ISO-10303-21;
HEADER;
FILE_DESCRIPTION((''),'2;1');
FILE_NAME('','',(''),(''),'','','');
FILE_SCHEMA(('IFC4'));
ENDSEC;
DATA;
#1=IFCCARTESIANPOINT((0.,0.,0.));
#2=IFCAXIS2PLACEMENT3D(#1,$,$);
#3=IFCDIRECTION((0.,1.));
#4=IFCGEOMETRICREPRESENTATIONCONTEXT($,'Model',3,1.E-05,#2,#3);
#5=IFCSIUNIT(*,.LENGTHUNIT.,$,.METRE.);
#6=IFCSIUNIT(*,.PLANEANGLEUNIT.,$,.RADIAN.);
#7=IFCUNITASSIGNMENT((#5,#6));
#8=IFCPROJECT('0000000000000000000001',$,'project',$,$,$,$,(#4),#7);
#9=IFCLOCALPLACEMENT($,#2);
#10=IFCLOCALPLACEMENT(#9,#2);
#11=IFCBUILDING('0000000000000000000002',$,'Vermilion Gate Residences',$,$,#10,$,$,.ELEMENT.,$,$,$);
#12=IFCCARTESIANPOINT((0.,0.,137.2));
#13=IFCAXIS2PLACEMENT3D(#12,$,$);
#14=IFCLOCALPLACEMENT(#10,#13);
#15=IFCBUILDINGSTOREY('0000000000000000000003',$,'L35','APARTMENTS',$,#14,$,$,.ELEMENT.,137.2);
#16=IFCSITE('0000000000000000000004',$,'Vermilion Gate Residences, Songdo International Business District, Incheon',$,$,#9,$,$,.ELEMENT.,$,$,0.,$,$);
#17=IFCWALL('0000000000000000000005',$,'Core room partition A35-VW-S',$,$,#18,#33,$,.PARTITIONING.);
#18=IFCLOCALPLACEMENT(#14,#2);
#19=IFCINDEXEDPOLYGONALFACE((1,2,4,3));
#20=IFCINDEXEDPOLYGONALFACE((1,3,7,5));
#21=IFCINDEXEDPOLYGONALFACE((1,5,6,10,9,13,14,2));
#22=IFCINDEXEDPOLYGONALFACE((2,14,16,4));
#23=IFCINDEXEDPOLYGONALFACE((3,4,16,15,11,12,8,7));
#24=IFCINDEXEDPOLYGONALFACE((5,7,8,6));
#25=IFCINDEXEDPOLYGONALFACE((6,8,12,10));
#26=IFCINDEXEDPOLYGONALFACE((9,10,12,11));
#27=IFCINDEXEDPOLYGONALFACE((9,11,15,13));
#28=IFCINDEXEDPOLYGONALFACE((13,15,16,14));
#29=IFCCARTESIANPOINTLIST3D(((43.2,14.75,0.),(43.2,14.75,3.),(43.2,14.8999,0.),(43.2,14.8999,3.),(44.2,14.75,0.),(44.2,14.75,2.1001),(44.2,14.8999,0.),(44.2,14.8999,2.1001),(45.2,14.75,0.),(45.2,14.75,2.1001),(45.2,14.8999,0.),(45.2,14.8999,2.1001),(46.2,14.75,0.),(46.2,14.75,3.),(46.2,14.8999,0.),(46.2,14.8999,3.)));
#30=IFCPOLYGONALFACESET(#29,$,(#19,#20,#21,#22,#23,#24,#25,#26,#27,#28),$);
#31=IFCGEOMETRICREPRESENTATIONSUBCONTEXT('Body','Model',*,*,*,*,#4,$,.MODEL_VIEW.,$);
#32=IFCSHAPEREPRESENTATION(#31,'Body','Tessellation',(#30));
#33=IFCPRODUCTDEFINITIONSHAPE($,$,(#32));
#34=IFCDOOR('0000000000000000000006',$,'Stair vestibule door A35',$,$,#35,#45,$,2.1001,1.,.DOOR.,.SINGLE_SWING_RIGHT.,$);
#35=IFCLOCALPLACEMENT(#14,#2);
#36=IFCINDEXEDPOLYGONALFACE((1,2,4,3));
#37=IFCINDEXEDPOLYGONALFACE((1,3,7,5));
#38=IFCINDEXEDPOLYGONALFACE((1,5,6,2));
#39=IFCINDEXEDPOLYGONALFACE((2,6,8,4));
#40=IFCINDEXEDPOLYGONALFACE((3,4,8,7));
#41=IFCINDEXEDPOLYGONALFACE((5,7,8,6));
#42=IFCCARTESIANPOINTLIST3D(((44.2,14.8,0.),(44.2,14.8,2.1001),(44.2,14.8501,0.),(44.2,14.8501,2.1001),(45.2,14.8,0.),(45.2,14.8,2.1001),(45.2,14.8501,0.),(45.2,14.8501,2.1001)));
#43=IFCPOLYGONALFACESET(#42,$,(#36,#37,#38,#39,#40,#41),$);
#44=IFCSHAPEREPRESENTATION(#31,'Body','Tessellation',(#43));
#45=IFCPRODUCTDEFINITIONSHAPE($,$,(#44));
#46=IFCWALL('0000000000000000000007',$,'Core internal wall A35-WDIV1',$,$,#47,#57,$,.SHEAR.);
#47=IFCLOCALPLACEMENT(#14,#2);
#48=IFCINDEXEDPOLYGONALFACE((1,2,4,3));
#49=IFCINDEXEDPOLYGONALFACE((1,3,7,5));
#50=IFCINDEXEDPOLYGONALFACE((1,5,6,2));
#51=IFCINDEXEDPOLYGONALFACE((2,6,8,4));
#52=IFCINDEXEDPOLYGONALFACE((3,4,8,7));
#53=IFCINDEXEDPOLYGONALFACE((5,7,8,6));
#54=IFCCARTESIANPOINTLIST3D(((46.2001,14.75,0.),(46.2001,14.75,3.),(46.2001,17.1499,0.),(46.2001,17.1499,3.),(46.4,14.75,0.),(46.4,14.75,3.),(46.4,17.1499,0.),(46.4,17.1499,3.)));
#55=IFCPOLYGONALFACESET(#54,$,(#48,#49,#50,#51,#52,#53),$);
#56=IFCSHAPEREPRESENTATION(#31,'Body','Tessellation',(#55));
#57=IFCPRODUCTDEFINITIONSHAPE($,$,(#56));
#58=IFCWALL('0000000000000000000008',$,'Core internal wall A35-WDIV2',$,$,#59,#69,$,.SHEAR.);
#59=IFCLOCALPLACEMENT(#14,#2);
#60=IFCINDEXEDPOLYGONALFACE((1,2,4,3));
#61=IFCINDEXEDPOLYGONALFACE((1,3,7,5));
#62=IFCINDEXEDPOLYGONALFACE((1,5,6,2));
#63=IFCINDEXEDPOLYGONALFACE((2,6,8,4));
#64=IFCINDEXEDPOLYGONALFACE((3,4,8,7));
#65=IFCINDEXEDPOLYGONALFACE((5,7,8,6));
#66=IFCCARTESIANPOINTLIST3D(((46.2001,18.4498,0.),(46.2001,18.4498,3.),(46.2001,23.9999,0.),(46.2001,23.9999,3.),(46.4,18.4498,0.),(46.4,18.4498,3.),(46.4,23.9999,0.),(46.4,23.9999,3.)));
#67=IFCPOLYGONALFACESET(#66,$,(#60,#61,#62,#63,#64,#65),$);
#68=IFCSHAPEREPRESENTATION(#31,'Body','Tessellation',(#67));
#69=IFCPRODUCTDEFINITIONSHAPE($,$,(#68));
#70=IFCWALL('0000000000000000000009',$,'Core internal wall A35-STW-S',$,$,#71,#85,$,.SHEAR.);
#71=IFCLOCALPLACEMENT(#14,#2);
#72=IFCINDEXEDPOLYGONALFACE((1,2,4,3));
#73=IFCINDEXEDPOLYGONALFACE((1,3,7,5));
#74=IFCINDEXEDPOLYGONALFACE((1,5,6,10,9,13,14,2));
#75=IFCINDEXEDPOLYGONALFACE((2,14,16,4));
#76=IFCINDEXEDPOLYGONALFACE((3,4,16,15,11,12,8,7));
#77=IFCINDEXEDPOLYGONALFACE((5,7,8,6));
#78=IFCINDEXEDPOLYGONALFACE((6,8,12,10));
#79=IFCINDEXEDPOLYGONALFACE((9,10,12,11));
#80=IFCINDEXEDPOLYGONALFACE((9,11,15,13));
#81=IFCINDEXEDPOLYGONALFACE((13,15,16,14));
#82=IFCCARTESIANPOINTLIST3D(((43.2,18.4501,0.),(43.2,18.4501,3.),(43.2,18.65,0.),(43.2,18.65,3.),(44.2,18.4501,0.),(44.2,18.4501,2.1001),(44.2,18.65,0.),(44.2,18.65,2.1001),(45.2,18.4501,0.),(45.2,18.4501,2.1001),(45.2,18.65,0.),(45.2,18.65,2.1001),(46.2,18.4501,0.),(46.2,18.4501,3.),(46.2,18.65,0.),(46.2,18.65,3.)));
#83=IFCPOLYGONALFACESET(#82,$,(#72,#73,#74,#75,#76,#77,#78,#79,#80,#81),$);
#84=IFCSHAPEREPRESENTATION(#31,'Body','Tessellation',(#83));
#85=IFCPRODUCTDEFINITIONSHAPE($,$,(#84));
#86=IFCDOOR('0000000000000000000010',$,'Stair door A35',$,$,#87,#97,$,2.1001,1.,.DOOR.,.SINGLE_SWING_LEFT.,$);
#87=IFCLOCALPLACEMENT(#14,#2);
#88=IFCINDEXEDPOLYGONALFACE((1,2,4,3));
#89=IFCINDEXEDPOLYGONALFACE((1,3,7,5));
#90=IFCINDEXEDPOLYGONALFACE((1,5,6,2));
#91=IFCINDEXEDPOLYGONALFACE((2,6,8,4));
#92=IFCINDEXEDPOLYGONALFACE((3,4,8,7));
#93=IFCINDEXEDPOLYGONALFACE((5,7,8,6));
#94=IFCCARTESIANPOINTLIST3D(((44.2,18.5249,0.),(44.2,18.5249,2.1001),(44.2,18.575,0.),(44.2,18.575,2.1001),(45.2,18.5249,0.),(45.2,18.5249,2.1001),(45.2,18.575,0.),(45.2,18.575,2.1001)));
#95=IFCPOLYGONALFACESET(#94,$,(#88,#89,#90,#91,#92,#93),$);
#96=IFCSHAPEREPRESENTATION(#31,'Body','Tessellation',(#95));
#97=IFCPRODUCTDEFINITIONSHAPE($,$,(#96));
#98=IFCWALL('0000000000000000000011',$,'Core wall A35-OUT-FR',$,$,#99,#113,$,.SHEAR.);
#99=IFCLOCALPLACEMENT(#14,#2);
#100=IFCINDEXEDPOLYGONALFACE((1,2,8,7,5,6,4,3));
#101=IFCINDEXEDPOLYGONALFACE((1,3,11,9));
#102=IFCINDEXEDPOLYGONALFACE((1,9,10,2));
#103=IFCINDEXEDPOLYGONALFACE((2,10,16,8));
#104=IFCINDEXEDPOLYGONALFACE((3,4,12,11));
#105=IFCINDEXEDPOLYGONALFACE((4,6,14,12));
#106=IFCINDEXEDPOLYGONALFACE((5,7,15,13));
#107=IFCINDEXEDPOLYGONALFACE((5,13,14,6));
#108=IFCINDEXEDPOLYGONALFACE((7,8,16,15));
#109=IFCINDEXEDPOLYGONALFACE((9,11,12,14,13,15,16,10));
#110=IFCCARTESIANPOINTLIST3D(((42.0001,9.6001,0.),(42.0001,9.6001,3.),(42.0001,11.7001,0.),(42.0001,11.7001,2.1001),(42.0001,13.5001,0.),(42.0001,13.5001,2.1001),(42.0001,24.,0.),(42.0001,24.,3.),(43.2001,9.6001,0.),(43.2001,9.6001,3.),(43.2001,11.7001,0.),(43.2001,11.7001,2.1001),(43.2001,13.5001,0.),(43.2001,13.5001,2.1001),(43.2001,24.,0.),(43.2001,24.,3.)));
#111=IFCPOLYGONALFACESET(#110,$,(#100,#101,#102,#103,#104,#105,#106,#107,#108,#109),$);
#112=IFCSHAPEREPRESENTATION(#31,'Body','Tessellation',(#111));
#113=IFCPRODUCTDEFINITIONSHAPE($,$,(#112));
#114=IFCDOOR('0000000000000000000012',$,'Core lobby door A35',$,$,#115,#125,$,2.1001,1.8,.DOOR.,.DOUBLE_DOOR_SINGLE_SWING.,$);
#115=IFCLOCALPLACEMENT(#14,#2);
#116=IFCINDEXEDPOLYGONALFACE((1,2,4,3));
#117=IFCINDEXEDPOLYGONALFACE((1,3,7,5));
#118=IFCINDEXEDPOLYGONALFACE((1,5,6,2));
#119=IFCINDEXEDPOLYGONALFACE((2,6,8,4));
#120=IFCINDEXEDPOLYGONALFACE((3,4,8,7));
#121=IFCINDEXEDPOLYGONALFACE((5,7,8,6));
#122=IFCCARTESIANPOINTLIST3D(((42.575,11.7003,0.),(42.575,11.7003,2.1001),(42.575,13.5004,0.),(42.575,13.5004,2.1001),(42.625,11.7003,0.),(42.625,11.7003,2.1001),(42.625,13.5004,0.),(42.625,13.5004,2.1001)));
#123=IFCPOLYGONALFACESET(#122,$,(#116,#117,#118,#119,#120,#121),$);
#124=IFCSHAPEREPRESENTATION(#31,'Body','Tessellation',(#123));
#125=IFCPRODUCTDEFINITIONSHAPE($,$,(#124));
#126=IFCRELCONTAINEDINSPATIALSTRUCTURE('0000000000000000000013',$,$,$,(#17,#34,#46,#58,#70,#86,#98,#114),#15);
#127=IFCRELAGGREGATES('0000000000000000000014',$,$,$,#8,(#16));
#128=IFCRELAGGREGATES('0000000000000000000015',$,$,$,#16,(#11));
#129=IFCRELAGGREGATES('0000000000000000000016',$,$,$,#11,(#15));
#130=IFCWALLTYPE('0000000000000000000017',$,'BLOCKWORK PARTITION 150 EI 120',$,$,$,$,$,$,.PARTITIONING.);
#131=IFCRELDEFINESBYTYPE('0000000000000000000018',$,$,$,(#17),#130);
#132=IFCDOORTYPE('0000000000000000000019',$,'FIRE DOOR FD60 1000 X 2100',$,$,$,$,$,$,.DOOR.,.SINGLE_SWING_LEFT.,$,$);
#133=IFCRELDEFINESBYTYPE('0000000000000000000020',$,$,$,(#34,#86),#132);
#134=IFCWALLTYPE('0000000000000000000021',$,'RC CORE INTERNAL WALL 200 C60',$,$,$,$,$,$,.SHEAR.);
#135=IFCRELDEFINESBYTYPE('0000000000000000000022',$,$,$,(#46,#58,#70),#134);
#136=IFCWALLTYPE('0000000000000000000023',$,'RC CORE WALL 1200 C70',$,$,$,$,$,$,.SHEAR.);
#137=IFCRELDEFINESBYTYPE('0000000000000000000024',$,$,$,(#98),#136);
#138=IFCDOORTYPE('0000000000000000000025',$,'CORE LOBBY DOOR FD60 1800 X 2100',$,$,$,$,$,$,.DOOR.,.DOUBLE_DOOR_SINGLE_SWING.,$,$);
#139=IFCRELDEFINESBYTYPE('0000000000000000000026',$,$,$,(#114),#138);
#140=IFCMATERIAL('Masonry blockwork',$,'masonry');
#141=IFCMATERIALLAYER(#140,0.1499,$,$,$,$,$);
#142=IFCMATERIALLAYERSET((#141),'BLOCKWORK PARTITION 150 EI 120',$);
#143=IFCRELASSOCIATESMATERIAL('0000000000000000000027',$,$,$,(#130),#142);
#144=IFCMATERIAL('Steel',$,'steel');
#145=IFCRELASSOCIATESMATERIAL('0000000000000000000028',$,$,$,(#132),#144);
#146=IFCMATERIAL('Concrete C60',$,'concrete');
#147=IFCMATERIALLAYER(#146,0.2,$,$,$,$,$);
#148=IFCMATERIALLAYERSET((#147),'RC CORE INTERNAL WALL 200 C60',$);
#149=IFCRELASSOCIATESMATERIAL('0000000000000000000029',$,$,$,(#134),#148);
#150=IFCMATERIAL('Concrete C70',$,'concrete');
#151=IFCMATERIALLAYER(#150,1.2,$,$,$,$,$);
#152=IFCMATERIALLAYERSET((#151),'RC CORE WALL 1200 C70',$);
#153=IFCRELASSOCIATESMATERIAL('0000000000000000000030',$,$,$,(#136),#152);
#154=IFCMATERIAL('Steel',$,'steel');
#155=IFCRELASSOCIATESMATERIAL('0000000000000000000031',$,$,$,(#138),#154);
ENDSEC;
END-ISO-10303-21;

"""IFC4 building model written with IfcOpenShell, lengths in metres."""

from ifc_helpers import new_model, si_unit, direction, frame, frame_2d, origin, place, context, subcontext, project, spatial, rectangle, extrude, material, layer, layer_set, type_object, element, fill, save


model = new_model("IFC4")

# Units and contexts
model_context = context("Model", 3, precision=1e-05, world=origin(), true_north=direction((0.0, 1.0)))
body_context = subcontext(model_context, "Body", "Model", "MODEL_VIEW")
ifc_project = project(units=[si_unit("LENGTHUNIT", "METRE"), si_unit("PLANEANGLEUNIT", "RADIAN")], contexts=[model_context])

# Site, building, storey
site_placement = place(None, origin())
site = spatial("IfcSite", under=ifc_project, at=site_placement, Name="Vermilion Gate Residences, Songdo International Business District, Incheon", CompositionType="ELEMENT", RefElevation=0.0)
building_placement = place(site_placement, origin())
building = spatial("IfcBuilding", under=site, at=building_placement, Name="Vermilion Gate Residences", CompositionType="ELEMENT")
storey_placement = place(building_placement, frame((0.0, 0.0, 137.2)))
storey = spatial("IfcBuildingStorey", under=building, at=storey_placement, Name="L35", Description="APARTMENTS", CompositionType="ELEMENT", Elevation=137.2)

# Wall, opening, door
ifc_material_1 = material(Name="Masonry blockwork", Category="masonry")
ifc_layer_1 = layer(ifc_material_1, 0.1499)
ifc_layer_set_1 = layer_set([ifc_layer_1], Name="BLOCKWORK PARTITION 150 EI 120")
wall_type_1 = type_object("IfcWallType", Name="BLOCKWORK PARTITION 150 EI 120", PredefinedType="PARTITIONING", material=ifc_layer_set_1)
wall_1_placement = place(storey_placement, frame((43.2, 14.825, 0.0), z_axis=(0.0, 0.0, 1.0), x_axis=(1.0, 0.0, 0.0)))
wall_1 = element("IfcWall", 1, at=wall_1_placement, inside=storey, type_object=wall_type_1, Name="Core room partition A35-VW-S", PredefinedType="PARTITIONING", context=body_context, shape_type="SweptSolid", body=[
    extrude(rectangle(XDim=3.0, YDim=0.1499, at=frame_2d((1.5, 0.0))), origin(), (0.0, 0.0, 1.0), 3.0),
])
opening_1_placement = place(wall_1_placement, frame((1.0, 0.0, 0.0)))
opening_1 = element("IfcOpeningElement", 2, at=opening_1_placement, cuts=wall_1, PredefinedType="OPENING", context=body_context, shape_type="SweptSolid", body=[
    extrude(rectangle(XDim=1.0, YDim=2.1001, at=frame_2d((0.5, 1.05))), frame((0.0, 0.085, 0.0), z_axis=(0.0, -1.0, 0.0), x_axis=(1.0, 0.0, 0.0)), (0.0, 0.0, 1.0), 0.1699),
])
ifc_material_2 = material(Name="Steel", Category="steel")
door_type_1 = type_object("IfcDoorType", Name="FIRE DOOR FD60 1000 X 2100", OperationType="SINGLE_SWING_LEFT", PredefinedType="DOOR", material=ifc_material_2)
door_1_placement = place(opening_1_placement, frame((1.0, 0.0, 0.0), z_axis=(0.0, 0.0, 1.0), x_axis=(-1.0, 0.0, 0.0)))
door_1 = element("IfcDoor", 3, at=door_1_placement, inside=storey, type_object=door_type_1, Name="Stair vestibule door A35", OperationType="SINGLE_SWING_RIGHT", OverallHeight=2.1001, OverallWidth=1.0, PredefinedType="DOOR", context=body_context, shape_type="SweptSolid", body=[
    extrude(rectangle(XDim=1.0, YDim=2.1001, at=frame_2d((0.5, 1.05))), frame((0.0, 0.0249, 0.0), z_axis=(0.0, -1.0, 0.0), x_axis=(1.0, 0.0, 0.0)), (0.0, 0.0, 1.0), 0.05),
])
fill(opening_1, door_1)

# Walls
ifc_material_3 = material(Name="Concrete C60", Category="concrete")
ifc_layer_2 = layer(ifc_material_3, 0.2)
ifc_layer_set_2 = layer_set([ifc_layer_2], Name="RC CORE INTERNAL WALL 200 C60")
wall_type_2 = type_object("IfcWallType", Name="RC CORE INTERNAL WALL 200 C60", PredefinedType="SHEAR", material=ifc_layer_set_2)
wall_2_placement = place(storey_placement, frame((46.3, 14.75, 0.0), z_axis=(0.0, 0.0, 1.0), x_axis=(0.0, 1.0, 0.0)))
element("IfcWall", 4, at=wall_2_placement, inside=storey, type_object=wall_type_2, Name="Core internal wall A35-WDIV1", PredefinedType="SHEAR", context=body_context, shape_type="SweptSolid", body=[
    extrude(rectangle(XDim=2.3999, YDim=0.2, at=frame_2d((1.2, 0.0))), origin(), (0.0, 0.0, 1.0), 3.0),
])
wall_3_placement = place(storey_placement, frame((46.3, 18.45, 0.0), z_axis=(0.0, 0.0, 1.0), x_axis=(0.0, 1.0, 0.0)))
element("IfcWall", 5, at=wall_3_placement, inside=storey, type_object=wall_type_2, Name="Core internal wall A35-WDIV2", PredefinedType="SHEAR", context=body_context, shape_type="SweptSolid", body=[
    extrude(rectangle(XDim=5.55, YDim=0.2, at=frame_2d((2.7749, 0.0))), origin(), (0.0, 0.0, 1.0), 3.0),
])

# Walls, openings, doors
wall_4_placement = place(storey_placement, frame((43.2, 18.55, 0.0), z_axis=(0.0, 0.0, 1.0), x_axis=(1.0, 0.0, 0.0)))
wall_4 = element("IfcWall", 6, at=wall_4_placement, inside=storey, type_object=wall_type_2, Name="Core internal wall A35-STW-S", PredefinedType="SHEAR", context=body_context, shape_type="SweptSolid", body=[
    extrude(rectangle(XDim=3.0, YDim=0.2, at=frame_2d((1.5, 0.0))), origin(), (0.0, 0.0, 1.0), 3.0),
])
opening_2_placement = place(wall_4_placement, frame((1.0, 0.0, 0.0)))
opening_2 = element("IfcOpeningElement", 7, at=opening_2_placement, cuts=wall_4, PredefinedType="OPENING", context=body_context, shape_type="SweptSolid", body=[
    extrude(rectangle(XDim=1.0, YDim=2.1001, at=frame_2d((0.5, 1.05))), frame((0.0, 0.1099, 0.0), z_axis=(0.0, -1.0, 0.0), x_axis=(1.0, 0.0, 0.0)), (0.0, 0.0, 1.0), 0.22),
])
door_2_placement = place(opening_2_placement, origin())
door_2 = element("IfcDoor", 8, at=door_2_placement, inside=storey, type_object=door_type_1, Name="Stair door A35", OperationType="SINGLE_SWING_LEFT", OverallHeight=2.1001, OverallWidth=1.0, PredefinedType="DOOR", context=body_context, shape_type="SweptSolid", body=[
    extrude(rectangle(XDim=1.0, YDim=2.1001, at=frame_2d((0.5, 1.05))), frame((0.0, 0.0249, 0.0), z_axis=(0.0, -1.0, 0.0), x_axis=(1.0, 0.0, 0.0)), (0.0, 0.0, 1.0), 0.05),
])
fill(opening_2, door_2)
ifc_material_4 = material(Name="Concrete C70", Category="concrete")
ifc_layer_3 = layer(ifc_material_4, 1.2)
ifc_layer_set_3 = layer_set([ifc_layer_3], Name="RC CORE WALL 1200 C70")
wall_type_3 = type_object("IfcWallType", Name="RC CORE WALL 1200 C70", PredefinedType="SHEAR", material=ifc_layer_set_3)
wall_5_placement = place(storey_placement, frame((42.6001, 9.6001, 0.0), z_axis=(0.0, 0.0, 1.0), x_axis=(0.0, 1.0, 0.0)))
wall_5 = element("IfcWall", 9, at=wall_5_placement, inside=storey, type_object=wall_type_3, Name="Core wall A35-OUT-FR", PredefinedType="SHEAR", context=body_context, shape_type="SweptSolid", body=[
    extrude(rectangle(XDim=14.3999, YDim=1.2, at=frame_2d((7.2, 0.0))), origin(), (0.0, 0.0, 1.0), 3.0),
])
opening_3_placement = place(wall_5_placement, frame((2.1001, 0.0, 0.0)))
opening_3 = element("IfcOpeningElement", 10, at=opening_3_placement, cuts=wall_5, PredefinedType="OPENING", context=body_context, shape_type="SweptSolid", body=[
    extrude(rectangle(XDim=1.8, YDim=2.1001, at=frame_2d((0.8999, 1.05))), frame((0.0, 0.6099, 0.0), z_axis=(0.0, -1.0, 0.0), x_axis=(1.0, 0.0, 0.0)), (0.0, 0.0, 1.0), 1.22),
])
ifc_material_5 = material(Name="Steel", Category="steel")
door_type_2 = type_object("IfcDoorType", Name="CORE LOBBY DOOR FD60 1800 X 2100", OperationType="DOUBLE_DOOR_SINGLE_SWING", PredefinedType="DOOR", material=ifc_material_5)
door_3_placement = place(opening_3_placement, frame((1.8, 0.0, 0.0), z_axis=(0.0, 0.0, 1.0), x_axis=(-1.0, 0.0, 0.0)))
door_3 = element("IfcDoor", 11, at=door_3_placement, inside=storey, type_object=door_type_2, Name="Core lobby door A35", OperationType="DOUBLE_DOOR_SINGLE_SWING", OverallHeight=2.1001, OverallWidth=1.8, PredefinedType="DOOR", context=body_context, shape_type="SweptSolid", body=[
    extrude(rectangle(XDim=1.8, YDim=2.1001, at=frame_2d((0.8999, 1.05))), frame((0.0, 0.0249, 0.0), z_axis=(0.0, -1.0, 0.0), x_axis=(1.0, 0.0, 0.0)), (0.0, 0.0, 1.0), 0.05),
])
fill(opening_3, door_3)

save(model, "model.ifc")
